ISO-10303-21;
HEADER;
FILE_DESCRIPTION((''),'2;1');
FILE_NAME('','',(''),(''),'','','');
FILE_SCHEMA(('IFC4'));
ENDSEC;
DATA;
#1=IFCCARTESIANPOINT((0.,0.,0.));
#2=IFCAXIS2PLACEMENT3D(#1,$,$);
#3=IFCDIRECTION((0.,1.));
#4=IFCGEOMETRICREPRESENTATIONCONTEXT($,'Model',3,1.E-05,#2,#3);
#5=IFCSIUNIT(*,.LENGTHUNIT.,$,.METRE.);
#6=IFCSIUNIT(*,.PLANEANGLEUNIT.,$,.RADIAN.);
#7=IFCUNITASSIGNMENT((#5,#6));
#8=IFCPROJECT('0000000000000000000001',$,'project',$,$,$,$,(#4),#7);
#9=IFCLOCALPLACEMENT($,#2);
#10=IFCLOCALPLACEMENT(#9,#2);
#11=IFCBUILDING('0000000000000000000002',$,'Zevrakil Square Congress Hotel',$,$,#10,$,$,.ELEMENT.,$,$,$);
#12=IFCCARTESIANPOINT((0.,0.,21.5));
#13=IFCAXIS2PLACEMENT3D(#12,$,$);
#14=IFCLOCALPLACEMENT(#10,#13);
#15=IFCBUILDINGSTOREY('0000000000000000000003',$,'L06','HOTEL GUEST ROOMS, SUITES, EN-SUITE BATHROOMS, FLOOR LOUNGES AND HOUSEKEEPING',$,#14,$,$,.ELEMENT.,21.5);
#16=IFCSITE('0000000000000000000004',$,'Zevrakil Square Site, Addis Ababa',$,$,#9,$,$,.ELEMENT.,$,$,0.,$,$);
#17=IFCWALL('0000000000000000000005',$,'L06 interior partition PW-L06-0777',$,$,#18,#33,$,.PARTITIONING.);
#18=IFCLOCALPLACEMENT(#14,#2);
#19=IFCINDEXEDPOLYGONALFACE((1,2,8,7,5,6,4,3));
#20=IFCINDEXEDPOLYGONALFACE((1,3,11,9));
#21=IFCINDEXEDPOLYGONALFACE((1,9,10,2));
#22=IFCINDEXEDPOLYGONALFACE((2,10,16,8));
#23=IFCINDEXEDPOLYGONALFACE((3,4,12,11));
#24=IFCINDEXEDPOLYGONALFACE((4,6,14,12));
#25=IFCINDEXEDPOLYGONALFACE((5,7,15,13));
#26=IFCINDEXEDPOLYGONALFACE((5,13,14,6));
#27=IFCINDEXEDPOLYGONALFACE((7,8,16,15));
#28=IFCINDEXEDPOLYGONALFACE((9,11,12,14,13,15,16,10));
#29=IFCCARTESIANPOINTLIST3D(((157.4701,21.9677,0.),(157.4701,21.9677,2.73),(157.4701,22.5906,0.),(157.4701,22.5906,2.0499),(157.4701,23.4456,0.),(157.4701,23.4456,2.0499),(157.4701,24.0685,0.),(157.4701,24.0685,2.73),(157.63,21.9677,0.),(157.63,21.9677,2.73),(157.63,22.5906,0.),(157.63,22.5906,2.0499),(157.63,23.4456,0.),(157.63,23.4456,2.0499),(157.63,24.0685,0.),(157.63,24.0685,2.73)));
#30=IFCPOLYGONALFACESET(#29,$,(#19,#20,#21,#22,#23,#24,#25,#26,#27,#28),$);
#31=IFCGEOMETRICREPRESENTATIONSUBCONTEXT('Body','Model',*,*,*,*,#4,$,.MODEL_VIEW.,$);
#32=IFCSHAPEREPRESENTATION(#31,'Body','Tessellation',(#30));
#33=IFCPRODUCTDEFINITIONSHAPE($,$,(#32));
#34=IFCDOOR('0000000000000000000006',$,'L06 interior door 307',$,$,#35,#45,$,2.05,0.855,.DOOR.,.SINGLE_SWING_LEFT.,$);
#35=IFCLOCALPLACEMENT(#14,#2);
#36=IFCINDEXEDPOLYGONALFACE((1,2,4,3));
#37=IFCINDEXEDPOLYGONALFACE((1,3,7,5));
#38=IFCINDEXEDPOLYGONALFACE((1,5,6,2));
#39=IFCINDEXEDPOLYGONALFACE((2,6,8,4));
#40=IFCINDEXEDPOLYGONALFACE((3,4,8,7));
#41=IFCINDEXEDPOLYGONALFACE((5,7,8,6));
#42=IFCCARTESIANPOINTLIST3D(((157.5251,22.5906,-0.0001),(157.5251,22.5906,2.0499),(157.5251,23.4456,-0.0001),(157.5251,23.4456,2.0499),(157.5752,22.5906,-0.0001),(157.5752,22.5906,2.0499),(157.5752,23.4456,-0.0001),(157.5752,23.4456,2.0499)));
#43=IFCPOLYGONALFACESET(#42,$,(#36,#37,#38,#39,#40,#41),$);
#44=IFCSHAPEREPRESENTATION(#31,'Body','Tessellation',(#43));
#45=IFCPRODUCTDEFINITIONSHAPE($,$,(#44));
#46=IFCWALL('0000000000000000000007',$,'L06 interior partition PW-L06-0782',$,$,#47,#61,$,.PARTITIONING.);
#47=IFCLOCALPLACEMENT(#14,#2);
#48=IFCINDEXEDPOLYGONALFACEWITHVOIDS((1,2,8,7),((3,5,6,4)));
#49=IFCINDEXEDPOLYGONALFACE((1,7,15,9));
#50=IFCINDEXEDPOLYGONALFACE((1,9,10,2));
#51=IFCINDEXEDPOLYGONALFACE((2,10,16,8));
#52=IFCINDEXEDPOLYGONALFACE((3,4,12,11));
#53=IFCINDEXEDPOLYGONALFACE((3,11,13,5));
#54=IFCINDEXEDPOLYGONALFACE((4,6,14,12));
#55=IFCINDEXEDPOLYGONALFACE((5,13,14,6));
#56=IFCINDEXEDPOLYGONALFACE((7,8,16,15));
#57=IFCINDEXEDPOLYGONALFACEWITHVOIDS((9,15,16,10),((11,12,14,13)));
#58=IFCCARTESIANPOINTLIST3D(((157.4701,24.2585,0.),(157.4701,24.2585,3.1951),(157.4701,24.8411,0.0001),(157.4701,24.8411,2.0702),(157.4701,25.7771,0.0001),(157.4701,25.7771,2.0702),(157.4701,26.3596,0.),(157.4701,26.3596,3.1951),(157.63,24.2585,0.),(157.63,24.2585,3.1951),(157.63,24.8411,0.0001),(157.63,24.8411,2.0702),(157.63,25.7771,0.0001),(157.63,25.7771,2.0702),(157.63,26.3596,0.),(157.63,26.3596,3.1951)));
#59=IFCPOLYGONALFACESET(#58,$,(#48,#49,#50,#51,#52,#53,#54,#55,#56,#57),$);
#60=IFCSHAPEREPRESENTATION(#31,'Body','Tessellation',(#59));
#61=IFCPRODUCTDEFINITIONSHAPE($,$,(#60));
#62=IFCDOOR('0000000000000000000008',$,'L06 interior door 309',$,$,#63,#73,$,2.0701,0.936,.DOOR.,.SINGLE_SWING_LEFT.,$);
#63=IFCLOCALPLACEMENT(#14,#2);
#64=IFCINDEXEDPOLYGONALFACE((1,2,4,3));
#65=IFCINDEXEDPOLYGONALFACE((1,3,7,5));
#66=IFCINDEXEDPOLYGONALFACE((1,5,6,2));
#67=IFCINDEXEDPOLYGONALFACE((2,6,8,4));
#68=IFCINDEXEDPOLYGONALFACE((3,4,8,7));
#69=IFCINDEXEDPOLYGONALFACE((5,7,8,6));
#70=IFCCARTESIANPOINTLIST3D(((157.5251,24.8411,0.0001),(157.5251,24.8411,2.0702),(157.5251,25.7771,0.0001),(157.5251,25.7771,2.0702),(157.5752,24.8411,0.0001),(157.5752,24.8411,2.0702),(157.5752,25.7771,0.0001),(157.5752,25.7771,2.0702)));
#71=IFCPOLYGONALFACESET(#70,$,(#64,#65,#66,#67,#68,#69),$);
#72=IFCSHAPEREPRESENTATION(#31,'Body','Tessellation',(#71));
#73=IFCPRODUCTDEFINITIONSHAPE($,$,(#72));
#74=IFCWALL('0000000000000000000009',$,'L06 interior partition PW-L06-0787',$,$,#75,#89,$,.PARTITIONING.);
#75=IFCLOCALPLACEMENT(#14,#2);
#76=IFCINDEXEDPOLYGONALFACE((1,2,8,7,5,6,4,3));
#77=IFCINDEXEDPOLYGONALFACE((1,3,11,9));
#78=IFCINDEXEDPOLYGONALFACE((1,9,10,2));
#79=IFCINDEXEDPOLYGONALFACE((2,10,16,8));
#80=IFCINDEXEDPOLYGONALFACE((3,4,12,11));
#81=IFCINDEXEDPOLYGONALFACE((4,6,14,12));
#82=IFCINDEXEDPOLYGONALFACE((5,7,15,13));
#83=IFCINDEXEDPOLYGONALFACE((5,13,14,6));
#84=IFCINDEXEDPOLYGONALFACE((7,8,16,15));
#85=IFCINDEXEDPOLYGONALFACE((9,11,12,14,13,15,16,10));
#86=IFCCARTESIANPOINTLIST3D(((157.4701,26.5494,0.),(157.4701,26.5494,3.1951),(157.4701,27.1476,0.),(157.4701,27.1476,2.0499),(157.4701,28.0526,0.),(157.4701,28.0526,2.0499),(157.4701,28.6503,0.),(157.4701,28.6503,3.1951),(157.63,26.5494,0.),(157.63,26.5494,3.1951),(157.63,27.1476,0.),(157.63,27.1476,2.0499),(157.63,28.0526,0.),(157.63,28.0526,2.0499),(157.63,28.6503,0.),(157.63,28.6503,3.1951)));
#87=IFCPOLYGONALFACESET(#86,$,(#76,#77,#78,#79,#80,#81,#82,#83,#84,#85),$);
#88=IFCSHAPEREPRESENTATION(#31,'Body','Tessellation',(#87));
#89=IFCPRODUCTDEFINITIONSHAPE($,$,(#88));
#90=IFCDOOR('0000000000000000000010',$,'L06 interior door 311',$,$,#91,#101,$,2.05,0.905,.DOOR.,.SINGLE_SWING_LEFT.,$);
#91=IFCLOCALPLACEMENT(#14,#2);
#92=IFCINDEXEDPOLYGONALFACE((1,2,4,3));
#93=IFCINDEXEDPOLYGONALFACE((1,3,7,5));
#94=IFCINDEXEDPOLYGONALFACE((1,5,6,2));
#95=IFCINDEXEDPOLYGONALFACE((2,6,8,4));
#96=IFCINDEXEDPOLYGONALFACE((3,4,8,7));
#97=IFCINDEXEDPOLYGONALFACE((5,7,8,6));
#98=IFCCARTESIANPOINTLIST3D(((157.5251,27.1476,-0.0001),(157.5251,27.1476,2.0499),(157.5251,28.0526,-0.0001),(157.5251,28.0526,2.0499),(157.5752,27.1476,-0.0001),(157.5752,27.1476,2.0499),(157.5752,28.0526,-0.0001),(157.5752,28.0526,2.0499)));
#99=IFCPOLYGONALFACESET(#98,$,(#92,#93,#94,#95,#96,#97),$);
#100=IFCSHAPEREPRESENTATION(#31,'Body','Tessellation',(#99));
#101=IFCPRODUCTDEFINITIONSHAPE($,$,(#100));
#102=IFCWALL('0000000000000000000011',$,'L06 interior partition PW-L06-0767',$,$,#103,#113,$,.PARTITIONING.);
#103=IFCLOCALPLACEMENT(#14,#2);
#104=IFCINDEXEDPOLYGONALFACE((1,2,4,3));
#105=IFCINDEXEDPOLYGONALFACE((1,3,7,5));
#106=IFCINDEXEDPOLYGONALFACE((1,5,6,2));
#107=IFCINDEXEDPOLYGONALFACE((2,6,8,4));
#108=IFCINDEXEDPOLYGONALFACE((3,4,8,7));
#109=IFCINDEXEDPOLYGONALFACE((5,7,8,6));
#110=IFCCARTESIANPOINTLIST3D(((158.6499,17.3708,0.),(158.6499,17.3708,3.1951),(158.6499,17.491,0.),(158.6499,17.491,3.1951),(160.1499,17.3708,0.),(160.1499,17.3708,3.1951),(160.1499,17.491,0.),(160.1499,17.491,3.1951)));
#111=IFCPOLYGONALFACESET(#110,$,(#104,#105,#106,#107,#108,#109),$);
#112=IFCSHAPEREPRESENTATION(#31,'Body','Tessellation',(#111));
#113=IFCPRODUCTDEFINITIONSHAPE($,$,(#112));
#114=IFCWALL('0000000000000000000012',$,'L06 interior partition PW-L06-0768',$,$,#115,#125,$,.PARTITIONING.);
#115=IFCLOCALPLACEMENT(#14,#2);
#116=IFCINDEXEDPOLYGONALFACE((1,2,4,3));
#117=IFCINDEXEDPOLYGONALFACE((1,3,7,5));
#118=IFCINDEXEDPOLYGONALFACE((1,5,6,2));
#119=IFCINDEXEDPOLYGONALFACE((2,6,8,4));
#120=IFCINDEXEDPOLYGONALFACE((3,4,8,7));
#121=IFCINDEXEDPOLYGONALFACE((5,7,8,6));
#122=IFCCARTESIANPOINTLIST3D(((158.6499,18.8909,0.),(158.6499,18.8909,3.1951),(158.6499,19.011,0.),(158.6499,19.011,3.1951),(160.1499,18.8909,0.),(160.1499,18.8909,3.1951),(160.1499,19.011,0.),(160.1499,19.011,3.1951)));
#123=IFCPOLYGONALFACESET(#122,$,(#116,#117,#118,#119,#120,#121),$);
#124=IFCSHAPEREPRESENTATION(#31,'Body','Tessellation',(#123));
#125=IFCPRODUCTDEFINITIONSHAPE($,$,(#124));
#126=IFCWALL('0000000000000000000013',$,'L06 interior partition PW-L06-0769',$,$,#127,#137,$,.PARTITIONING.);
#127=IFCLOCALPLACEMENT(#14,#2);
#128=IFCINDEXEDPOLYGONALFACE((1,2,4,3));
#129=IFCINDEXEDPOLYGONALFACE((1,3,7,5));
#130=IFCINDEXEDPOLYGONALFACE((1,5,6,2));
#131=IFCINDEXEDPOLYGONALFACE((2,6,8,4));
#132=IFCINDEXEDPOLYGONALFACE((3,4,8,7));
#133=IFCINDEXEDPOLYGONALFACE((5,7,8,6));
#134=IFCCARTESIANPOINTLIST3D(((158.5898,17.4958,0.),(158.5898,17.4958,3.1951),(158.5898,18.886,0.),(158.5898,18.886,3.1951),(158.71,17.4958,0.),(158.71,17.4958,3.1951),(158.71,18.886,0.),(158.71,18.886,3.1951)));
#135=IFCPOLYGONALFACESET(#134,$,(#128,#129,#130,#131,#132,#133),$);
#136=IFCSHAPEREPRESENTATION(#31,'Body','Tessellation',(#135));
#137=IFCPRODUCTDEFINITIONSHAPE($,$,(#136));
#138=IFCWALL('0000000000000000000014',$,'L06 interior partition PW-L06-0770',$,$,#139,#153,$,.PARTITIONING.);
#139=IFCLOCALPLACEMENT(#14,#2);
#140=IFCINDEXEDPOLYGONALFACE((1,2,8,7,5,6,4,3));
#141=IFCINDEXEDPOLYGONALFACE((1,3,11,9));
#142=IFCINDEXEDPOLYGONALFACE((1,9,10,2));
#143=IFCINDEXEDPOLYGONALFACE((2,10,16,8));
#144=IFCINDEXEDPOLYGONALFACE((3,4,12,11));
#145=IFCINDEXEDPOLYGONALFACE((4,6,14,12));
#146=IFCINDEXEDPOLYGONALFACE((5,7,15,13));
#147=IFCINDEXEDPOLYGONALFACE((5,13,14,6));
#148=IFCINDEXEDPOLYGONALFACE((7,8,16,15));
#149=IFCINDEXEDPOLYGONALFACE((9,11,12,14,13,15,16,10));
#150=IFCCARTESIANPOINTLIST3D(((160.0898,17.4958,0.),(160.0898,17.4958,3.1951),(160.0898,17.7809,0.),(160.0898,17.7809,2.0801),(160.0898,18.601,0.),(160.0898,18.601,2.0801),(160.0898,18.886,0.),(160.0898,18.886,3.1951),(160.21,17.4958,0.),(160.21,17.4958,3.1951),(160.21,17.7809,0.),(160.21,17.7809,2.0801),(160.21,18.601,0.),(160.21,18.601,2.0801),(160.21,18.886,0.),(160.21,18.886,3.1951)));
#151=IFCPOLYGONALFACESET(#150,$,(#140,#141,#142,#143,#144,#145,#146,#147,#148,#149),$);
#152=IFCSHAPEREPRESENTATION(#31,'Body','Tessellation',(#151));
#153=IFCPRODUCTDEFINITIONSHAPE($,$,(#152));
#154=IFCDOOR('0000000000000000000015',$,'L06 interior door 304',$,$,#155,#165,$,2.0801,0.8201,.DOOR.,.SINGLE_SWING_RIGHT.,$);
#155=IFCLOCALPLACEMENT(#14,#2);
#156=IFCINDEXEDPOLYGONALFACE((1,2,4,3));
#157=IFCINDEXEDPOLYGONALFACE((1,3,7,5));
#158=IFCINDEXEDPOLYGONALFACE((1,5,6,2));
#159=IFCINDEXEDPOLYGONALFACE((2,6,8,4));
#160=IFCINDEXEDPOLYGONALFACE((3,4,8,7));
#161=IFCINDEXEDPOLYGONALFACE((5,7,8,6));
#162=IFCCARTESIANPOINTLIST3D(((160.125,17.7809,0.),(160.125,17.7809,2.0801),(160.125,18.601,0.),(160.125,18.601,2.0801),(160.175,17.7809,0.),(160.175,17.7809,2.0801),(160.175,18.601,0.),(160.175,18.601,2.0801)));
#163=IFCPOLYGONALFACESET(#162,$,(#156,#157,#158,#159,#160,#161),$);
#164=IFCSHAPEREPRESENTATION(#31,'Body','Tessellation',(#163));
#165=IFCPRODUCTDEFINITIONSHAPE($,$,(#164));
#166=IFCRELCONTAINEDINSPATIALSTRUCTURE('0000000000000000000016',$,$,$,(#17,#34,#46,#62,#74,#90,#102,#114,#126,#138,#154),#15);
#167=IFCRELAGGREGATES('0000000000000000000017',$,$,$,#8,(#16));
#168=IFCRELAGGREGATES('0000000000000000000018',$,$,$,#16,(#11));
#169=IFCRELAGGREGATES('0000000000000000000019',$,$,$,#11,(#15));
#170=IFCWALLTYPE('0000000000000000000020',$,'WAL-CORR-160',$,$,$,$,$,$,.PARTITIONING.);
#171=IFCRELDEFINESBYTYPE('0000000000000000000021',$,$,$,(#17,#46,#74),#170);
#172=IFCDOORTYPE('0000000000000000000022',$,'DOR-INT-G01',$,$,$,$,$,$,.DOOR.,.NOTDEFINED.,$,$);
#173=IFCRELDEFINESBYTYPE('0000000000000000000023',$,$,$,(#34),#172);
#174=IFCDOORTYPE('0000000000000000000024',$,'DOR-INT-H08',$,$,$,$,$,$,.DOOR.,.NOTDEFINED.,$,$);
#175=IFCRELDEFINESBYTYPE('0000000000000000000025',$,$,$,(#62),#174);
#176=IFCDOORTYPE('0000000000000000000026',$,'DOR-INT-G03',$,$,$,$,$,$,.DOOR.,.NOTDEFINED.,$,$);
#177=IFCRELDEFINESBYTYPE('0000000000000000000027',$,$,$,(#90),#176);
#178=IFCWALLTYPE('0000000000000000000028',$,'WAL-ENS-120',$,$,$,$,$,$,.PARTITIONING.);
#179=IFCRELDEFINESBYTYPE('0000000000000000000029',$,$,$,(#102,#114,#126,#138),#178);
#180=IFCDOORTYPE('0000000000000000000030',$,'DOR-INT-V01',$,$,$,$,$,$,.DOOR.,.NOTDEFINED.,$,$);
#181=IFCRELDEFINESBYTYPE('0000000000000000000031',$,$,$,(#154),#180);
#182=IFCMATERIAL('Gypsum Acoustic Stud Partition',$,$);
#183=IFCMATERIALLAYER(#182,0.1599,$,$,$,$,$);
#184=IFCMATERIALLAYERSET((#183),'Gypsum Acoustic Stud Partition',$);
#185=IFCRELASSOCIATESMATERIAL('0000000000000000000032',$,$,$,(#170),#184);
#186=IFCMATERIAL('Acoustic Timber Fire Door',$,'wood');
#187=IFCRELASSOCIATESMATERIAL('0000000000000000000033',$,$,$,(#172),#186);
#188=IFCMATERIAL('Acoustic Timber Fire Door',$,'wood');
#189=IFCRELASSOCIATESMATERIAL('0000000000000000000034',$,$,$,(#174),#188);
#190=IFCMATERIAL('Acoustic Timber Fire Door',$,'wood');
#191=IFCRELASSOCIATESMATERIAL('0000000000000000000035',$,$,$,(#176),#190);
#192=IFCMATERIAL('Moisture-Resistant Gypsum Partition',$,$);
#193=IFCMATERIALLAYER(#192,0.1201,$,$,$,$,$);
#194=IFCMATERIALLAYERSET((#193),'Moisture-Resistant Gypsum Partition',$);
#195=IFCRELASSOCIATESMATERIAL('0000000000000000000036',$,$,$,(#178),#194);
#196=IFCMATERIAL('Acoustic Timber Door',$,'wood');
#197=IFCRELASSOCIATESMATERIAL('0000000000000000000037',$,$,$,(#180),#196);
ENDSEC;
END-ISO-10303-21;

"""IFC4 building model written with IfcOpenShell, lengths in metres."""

from ifc_helpers import new_model, si_unit, direction, frame, frame_2d, origin, place, context, subcontext, project, spatial, rectangle, extrude, material, layer, layer_set, type_object, element, fill, save


model = new_model("IFC4")

# Units and contexts
model_context = context("Model", 3, precision=1e-05, world=origin(), true_north=direction((0.0, 1.0)))
body_context = subcontext(model_context, "Body", "Model", "MODEL_VIEW")
ifc_project = project(units=[si_unit("LENGTHUNIT", "METRE"), si_unit("PLANEANGLEUNIT", "RADIAN")], contexts=[model_context])

# Site, building, storey
site_placement = place(None, origin())
site = spatial("IfcSite", under=ifc_project, at=site_placement, Name="Zevrakil Square Site, Addis Ababa", CompositionType="ELEMENT", RefElevation=0.0)
building_placement = place(site_placement, origin())
building = spatial("IfcBuilding", under=site, at=building_placement, Name="Zevrakil Square Congress Hotel", CompositionType="ELEMENT")
storey_placement = place(building_placement, frame((0.0, 0.0, 21.5)))
storey = spatial("IfcBuildingStorey", under=building, at=storey_placement, Name="L06", Description="HOTEL GUEST ROOMS, SUITES, EN-SUITE BATHROOMS, FLOOR LOUNGES AND HOUSEKEEPING", CompositionType="ELEMENT", Elevation=21.5)

# Walls, openings, doors
ifc_material_1 = material(Name="Gypsum Acoustic Stud Partition")
ifc_layer_1 = layer(ifc_material_1, 0.1599)
ifc_layer_set_1 = layer_set([ifc_layer_1], Name="Gypsum Acoustic Stud Partition")
wall_type_1 = type_object("IfcWallType", Name="WAL-CORR-160", PredefinedType="PARTITIONING", material=ifc_layer_set_1)
wall_1_placement = place(storey_placement, frame((157.55, 21.9678, 0.0), z_axis=(0.0, 0.0, 1.0), x_axis=(0.0, 1.0, 0.0)))
wall_1 = element("IfcWall", 1, at=wall_1_placement, inside=storey, type_object=wall_type_1, Name="L06 interior partition PW-L06-0777", PredefinedType="PARTITIONING", context=body_context, shape_type="SweptSolid", body=[
    extrude(rectangle(XDim=2.1008, YDim=0.1599, at=frame_2d((1.0503, 0.0))), origin(), (0.0, 0.0, 1.0), 2.73),
])
opening_1_placement = place(wall_1_placement, frame((0.6228, 0.0, 0.0)))
opening_1 = element("IfcOpeningElement", 2, at=opening_1_placement, cuts=wall_1, PredefinedType="OPENING", context=body_context, shape_type="SweptSolid", body=[
    extrude(rectangle(XDim=0.855, YDim=2.05, at=frame_2d((0.4275, 1.0249))), frame((0.0, 0.0898, 0.0), z_axis=(0.0, -1.0, 0.0), x_axis=(1.0, 0.0, 0.0)), (0.0, 0.0, 1.0), 0.1799),
])
ifc_material_2 = material(Name="Acoustic Timber Fire Door", Category="wood")
door_type_1 = type_object("IfcDoorType", Name="DOR-INT-G01", OperationType="NOTDEFINED", PredefinedType="DOOR", material=ifc_material_2)
door_1_placement = place(opening_1_placement, origin())
door_1 = element("IfcDoor", 3, at=door_1_placement, inside=storey, type_object=door_type_1, Name="L06 interior door 307", OperationType="SINGLE_SWING_LEFT", OverallHeight=2.05, OverallWidth=0.855, PredefinedType="DOOR", context=body_context, shape_type="SweptSolid", body=[
    extrude(rectangle(XDim=0.855, YDim=2.05, at=frame_2d((0.4275, 1.0249))), frame((0.0, 0.0249, 0.0), z_axis=(0.0, -1.0, 0.0), x_axis=(1.0, 0.0, 0.0)), (0.0, 0.0, 1.0), 0.05),
])
fill(opening_1, door_1)
wall_2_placement = place(storey_placement, frame((157.55, 24.2585, 0.0), z_axis=(0.0, 0.0, 1.0), x_axis=(0.0, 1.0, 0.0)))
wall_2 = element("IfcWall", 4, at=wall_2_placement, inside=storey, type_object=wall_type_1, Name="L06 interior partition PW-L06-0782", PredefinedType="PARTITIONING", context=body_context, shape_type="SweptSolid", body=[
    extrude(rectangle(XDim=2.1011, YDim=0.1599, at=frame_2d((1.0505, 0.0))), origin(), (0.0, 0.0, 1.0), 3.1951),
])
opening_2_placement = place(wall_2_placement, frame((0.5825, 0.0, 0.0)))
opening_2 = element("IfcOpeningElement", 5, at=opening_2_placement, cuts=wall_2, PredefinedType="OPENING", context=body_context, shape_type="SweptSolid", body=[
    extrude(rectangle(XDim=0.936, YDim=2.0701, at=frame_2d((0.468, 1.0352))), frame((0.0, 0.0898, 0.0), z_axis=(0.0, -1.0, 0.0), x_axis=(1.0, 0.0, 0.0)), (0.0, 0.0, 1.0), 0.1799),
])
ifc_material_3 = material(Name="Acoustic Timber Fire Door", Category="wood")
door_type_2 = type_object("IfcDoorType", Name="DOR-INT-H08", OperationType="NOTDEFINED", PredefinedType="DOOR", material=ifc_material_3)
door_2_placement = place(opening_2_placement, origin())
door_2 = element("IfcDoor", 6, at=door_2_placement, inside=storey, type_object=door_type_2, Name="L06 interior door 309", OperationType="SINGLE_SWING_LEFT", OverallHeight=2.0701, OverallWidth=0.936, PredefinedType="DOOR", context=body_context, shape_type="SweptSolid", body=[
    extrude(rectangle(XDim=0.936, YDim=2.0701, at=frame_2d((0.468, 1.0352))), frame((0.0, 0.0249, 0.0), z_axis=(0.0, -1.0, 0.0), x_axis=(1.0, 0.0, 0.0)), (0.0, 0.0, 1.0), 0.05),
])
fill(opening_2, door_2)
wall_3_placement = place(storey_placement, frame((157.55, 26.5496, 0.0), z_axis=(0.0, 0.0, 1.0), x_axis=(0.0, 1.0, 0.0)))
wall_3 = element("IfcWall", 7, at=wall_3_placement, inside=storey, type_object=wall_type_1, Name="L06 interior partition PW-L06-0787", PredefinedType="PARTITIONING", context=body_context, shape_type="SweptSolid", body=[
    extrude(rectangle(XDim=2.1008, YDim=0.1599, at=frame_2d((1.0503, 0.0))), origin(), (0.0, 0.0, 1.0), 3.1951),
])
opening_3_placement = place(wall_3_placement, frame((0.5979, 0.0, 0.0)))
opening_3 = element("IfcOpeningElement", 8, at=opening_3_placement, cuts=wall_3, PredefinedType="OPENING", context=body_context, shape_type="SweptSolid", body=[
    extrude(rectangle(XDim=0.905, YDim=2.05, at=frame_2d((0.4526, 1.0249))), frame((0.0, 0.0898, 0.0), z_axis=(0.0, -1.0, 0.0), x_axis=(1.0, 0.0, 0.0)), (0.0, 0.0, 1.0), 0.1799),
])
ifc_material_4 = material(Name="Acoustic Timber Fire Door", Category="wood")
door_type_3 = type_object("IfcDoorType", Name="DOR-INT-G03", OperationType="NOTDEFINED", PredefinedType="DOOR", material=ifc_material_4)
door_3_placement = place(opening_3_placement, origin())
door_3 = element("IfcDoor", 9, at=door_3_placement, inside=storey, type_object=door_type_3, Name="L06 interior door 311", OperationType="SINGLE_SWING_LEFT", OverallHeight=2.05, OverallWidth=0.905, PredefinedType="DOOR", context=body_context, shape_type="SweptSolid", body=[
    extrude(rectangle(XDim=0.905, YDim=2.05, at=frame_2d((0.4526, 1.0249))), frame((0.0, 0.0249, 0.0), z_axis=(0.0, -1.0, 0.0), x_axis=(1.0, 0.0, 0.0)), (0.0, 0.0, 1.0), 0.05),
])
fill(opening_3, door_3)

# Walls
ifc_material_5 = material(Name="Moisture-Resistant Gypsum Partition")
ifc_layer_2 = layer(ifc_material_5, 0.1201)
ifc_layer_set_2 = layer_set([ifc_layer_2], Name="Moisture-Resistant Gypsum Partition")
wall_type_2 = type_object("IfcWallType", Name="WAL-ENS-120", PredefinedType="PARTITIONING", material=ifc_layer_set_2)
for number, where, z_axis, x_axis, name in (
    (10, (158.6499, 17.4309, 0.0), (0.0, 0.0, 1.0), (1.0, 0.0, 0.0), "L06 interior partition PW-L06-0767"),
    (11, (158.6499, 18.9509, 0.0), (0.0, 0.0, 1.0), (1.0, 0.0, 0.0), "L06 interior partition PW-L06-0768"),
):
    element("IfcWall", number, at=place(storey_placement, frame(where, z_axis=z_axis, x_axis=x_axis)), inside=storey, type_object=wall_type_2, Name=name, PredefinedType="PARTITIONING", context=body_context, shape_type="SweptSolid", body=[
        extrude(rectangle(XDim=1.5, YDim=0.1201, at=frame_2d((0.75, 0.0))), origin(), (0.0, 0.0, 1.0), 3.1951),
    ])
wall_4_placement = place(storey_placement, frame((158.6499, 17.4958, 0.0), z_axis=(0.0, 0.0, 1.0), x_axis=(0.0, 1.0, 0.0)))
element("IfcWall", 12, at=wall_4_placement, inside=storey, type_object=wall_type_2, Name="L06 interior partition PW-L06-0769", PredefinedType="PARTITIONING", context=body_context, shape_type="SweptSolid", body=[
    extrude(rectangle(XDim=1.3901, YDim=0.1201, at=frame_2d((0.6951, 0.0))), origin(), (0.0, 0.0, 1.0), 3.1951),
])

# Wall, opening, door
wall_5_placement = place(storey_placement, frame((160.1499, 17.4958, 0.0), z_axis=(0.0, 0.0, 1.0), x_axis=(0.0, 1.0, 0.0)))
wall_5 = element("IfcWall", 13, at=wall_5_placement, inside=storey, type_object=wall_type_2, Name="L06 interior partition PW-L06-0770", PredefinedType="PARTITIONING", context=body_context, shape_type="SweptSolid", body=[
    extrude(rectangle(XDim=1.3901, YDim=0.1201, at=frame_2d((0.6951, 0.0))), origin(), (0.0, 0.0, 1.0), 3.1951),
])
opening_4_placement = place(wall_5_placement, frame((0.2849, 0.0, 0.0)))
opening_4 = element("IfcOpeningElement", 14, at=opening_4_placement, cuts=wall_5, PredefinedType="OPENING", context=body_context, shape_type="SweptSolid", body=[
    extrude(rectangle(XDim=0.8201, YDim=2.0801, at=frame_2d((0.4102, 1.04))), frame((0.0, 0.0701, 0.0), z_axis=(0.0, -1.0, 0.0), x_axis=(1.0, 0.0, 0.0)), (0.0, 0.0, 1.0), 0.1401),
])
ifc_material_6 = material(Name="Acoustic Timber Door", Category="wood")
door_type_4 = type_object("IfcDoorType", Name="DOR-INT-V01", OperationType="NOTDEFINED", PredefinedType="DOOR", material=ifc_material_6)
door_4_placement = place(opening_4_placement, origin())
door_4 = element("IfcDoor", 15, at=door_4_placement, inside=storey, type_object=door_type_4, Name="L06 interior door 304", OperationType="SINGLE_SWING_RIGHT", OverallHeight=2.0801, OverallWidth=0.8201, PredefinedType="DOOR", context=body_context, shape_type="SweptSolid", body=[
    extrude(rectangle(XDim=0.8201, YDim=2.0801, at=frame_2d((0.4102, 1.04))), frame((0.0, 0.0249, 0.0), z_axis=(0.0, -1.0, 0.0), x_axis=(1.0, 0.0, 0.0)), (0.0, 0.0, 1.0), 0.05),
])
fill(opening_4, door_4)

save(model, "model.ifc")
